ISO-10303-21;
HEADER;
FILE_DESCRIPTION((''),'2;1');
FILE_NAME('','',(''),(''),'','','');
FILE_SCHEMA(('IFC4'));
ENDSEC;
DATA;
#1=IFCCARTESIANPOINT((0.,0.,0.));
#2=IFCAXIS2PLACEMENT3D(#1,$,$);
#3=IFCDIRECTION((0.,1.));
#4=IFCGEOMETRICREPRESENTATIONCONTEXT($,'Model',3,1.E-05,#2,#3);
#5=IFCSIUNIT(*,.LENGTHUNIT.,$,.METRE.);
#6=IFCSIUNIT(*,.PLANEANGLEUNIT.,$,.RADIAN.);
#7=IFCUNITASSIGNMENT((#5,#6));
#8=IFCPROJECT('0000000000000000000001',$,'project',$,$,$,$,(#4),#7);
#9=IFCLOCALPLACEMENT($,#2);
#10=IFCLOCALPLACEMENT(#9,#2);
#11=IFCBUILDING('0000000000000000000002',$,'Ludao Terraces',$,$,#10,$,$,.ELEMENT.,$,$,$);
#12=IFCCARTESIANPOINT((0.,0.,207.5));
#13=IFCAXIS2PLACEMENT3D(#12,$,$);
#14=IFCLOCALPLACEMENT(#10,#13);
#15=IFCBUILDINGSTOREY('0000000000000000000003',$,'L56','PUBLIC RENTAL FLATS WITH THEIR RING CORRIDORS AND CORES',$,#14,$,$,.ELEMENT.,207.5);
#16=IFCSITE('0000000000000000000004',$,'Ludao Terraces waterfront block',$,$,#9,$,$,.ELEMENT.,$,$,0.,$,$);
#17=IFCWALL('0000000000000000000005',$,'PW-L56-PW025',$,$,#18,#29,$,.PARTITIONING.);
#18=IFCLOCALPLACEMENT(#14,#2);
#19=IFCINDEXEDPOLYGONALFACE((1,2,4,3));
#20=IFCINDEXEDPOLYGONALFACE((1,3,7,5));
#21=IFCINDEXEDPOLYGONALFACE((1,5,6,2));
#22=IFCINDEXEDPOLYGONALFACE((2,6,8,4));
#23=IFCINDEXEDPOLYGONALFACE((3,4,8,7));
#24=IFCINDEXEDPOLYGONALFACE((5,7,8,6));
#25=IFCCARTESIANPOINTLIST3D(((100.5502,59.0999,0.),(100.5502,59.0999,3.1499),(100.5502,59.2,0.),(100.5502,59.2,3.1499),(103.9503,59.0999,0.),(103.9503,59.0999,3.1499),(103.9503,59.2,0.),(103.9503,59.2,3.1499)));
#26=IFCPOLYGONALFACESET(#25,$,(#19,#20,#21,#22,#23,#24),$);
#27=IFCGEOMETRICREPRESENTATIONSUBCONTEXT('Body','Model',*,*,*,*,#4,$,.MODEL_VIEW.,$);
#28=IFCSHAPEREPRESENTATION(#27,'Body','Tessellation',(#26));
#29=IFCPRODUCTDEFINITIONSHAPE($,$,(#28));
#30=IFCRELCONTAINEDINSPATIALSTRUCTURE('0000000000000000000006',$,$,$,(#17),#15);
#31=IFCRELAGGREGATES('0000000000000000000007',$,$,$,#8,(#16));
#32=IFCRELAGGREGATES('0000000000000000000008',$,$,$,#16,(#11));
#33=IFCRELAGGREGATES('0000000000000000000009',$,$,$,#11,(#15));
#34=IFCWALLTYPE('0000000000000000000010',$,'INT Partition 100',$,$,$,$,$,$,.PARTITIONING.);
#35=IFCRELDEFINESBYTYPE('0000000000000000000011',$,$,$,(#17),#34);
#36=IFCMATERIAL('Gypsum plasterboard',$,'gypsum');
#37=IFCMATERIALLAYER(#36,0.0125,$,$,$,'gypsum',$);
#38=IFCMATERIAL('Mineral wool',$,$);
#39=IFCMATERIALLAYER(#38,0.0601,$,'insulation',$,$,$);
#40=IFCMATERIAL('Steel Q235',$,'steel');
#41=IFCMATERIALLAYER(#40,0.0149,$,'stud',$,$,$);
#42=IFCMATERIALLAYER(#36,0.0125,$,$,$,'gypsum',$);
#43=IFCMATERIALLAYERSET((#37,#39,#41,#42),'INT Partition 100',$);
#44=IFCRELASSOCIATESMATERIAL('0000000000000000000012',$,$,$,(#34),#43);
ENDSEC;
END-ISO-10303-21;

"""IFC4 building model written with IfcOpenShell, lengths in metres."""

from ifc_helpers import new_model, si_unit, direction, frame, frame_2d, origin, place, context, subcontext, project, spatial, rectangle, extrude, material, layer, layer_set, type_object, element, save


model = new_model("IFC4")

# Units and contexts
model_context = context("Model", 3, precision=1e-05, world=origin(), true_north=direction((0.0, 1.0)))
body_context = subcontext(model_context, "Body", "Model", "MODEL_VIEW")
ifc_project = project(units=[si_unit("LENGTHUNIT", "METRE"), si_unit("PLANEANGLEUNIT", "RADIAN")], contexts=[model_context])

# Site, building, storey
site_placement = place(None, origin())
site = spatial("IfcSite", under=ifc_project, at=site_placement, Name="Ludao Terraces waterfront block", CompositionType="ELEMENT", RefElevation=0.0)
building_placement = place(site_placement, origin())
building = spatial("IfcBuilding", under=site, at=building_placement, Name="Ludao Terraces", CompositionType="ELEMENT")
storey_placement = place(building_placement, frame((0.0, 0.0, 207.5)))
storey = spatial("IfcBuildingStorey", under=building, at=storey_placement, Name="L56", Description="PUBLIC RENTAL FLATS WITH THEIR RING CORRIDORS AND CORES", CompositionType="ELEMENT", Elevation=207.5)

# Shared definitions
ifc_material_1 = material(Name="Mineral wool")

# Wall
ifc_material_2 = material(Name="Gypsum plasterboard", Category="gypsum")
ifc_layer_1 = layer(ifc_material_2, 0.0125, Category="gypsum")
ifc_layer_2 = layer(ifc_material_1, 0.0601, Name="insulation")
ifc_material_3 = material(Name="Steel Q235", Category="steel")
ifc_layer_3 = layer(ifc_material_3, 0.0149, Name="stud")
ifc_layer_4 = layer(ifc_material_2, 0.0125, Category="gypsum")
ifc_layer_set_1 = layer_set([ifc_layer_1, ifc_layer_2, ifc_layer_3, ifc_layer_4], Name="INT Partition 100")
wall_type_1 = type_object("IfcWallType", Name="INT Partition 100", PredefinedType="PARTITIONING", material=ifc_layer_set_1)
wall_1_placement = place(storey_placement, frame((100.55, 59.1499, 0.0), z_axis=(0.0, 0.0, 1.0), x_axis=(1.0, 0.0, 0.0)))
element("IfcWall", 1, at=wall_1_placement, inside=storey, type_object=wall_type_1, Name="PW-L56-PW025", PredefinedType="PARTITIONING", context=body_context, shape_type="SweptSolid", body=[
    extrude(rectangle(XDim=3.4001, YDim=0.1001, at=frame_2d((1.7002, 0.0))), origin(), (0.0, 0.0, 1.0), 3.1499),
])

save(model, "model.ifc")
